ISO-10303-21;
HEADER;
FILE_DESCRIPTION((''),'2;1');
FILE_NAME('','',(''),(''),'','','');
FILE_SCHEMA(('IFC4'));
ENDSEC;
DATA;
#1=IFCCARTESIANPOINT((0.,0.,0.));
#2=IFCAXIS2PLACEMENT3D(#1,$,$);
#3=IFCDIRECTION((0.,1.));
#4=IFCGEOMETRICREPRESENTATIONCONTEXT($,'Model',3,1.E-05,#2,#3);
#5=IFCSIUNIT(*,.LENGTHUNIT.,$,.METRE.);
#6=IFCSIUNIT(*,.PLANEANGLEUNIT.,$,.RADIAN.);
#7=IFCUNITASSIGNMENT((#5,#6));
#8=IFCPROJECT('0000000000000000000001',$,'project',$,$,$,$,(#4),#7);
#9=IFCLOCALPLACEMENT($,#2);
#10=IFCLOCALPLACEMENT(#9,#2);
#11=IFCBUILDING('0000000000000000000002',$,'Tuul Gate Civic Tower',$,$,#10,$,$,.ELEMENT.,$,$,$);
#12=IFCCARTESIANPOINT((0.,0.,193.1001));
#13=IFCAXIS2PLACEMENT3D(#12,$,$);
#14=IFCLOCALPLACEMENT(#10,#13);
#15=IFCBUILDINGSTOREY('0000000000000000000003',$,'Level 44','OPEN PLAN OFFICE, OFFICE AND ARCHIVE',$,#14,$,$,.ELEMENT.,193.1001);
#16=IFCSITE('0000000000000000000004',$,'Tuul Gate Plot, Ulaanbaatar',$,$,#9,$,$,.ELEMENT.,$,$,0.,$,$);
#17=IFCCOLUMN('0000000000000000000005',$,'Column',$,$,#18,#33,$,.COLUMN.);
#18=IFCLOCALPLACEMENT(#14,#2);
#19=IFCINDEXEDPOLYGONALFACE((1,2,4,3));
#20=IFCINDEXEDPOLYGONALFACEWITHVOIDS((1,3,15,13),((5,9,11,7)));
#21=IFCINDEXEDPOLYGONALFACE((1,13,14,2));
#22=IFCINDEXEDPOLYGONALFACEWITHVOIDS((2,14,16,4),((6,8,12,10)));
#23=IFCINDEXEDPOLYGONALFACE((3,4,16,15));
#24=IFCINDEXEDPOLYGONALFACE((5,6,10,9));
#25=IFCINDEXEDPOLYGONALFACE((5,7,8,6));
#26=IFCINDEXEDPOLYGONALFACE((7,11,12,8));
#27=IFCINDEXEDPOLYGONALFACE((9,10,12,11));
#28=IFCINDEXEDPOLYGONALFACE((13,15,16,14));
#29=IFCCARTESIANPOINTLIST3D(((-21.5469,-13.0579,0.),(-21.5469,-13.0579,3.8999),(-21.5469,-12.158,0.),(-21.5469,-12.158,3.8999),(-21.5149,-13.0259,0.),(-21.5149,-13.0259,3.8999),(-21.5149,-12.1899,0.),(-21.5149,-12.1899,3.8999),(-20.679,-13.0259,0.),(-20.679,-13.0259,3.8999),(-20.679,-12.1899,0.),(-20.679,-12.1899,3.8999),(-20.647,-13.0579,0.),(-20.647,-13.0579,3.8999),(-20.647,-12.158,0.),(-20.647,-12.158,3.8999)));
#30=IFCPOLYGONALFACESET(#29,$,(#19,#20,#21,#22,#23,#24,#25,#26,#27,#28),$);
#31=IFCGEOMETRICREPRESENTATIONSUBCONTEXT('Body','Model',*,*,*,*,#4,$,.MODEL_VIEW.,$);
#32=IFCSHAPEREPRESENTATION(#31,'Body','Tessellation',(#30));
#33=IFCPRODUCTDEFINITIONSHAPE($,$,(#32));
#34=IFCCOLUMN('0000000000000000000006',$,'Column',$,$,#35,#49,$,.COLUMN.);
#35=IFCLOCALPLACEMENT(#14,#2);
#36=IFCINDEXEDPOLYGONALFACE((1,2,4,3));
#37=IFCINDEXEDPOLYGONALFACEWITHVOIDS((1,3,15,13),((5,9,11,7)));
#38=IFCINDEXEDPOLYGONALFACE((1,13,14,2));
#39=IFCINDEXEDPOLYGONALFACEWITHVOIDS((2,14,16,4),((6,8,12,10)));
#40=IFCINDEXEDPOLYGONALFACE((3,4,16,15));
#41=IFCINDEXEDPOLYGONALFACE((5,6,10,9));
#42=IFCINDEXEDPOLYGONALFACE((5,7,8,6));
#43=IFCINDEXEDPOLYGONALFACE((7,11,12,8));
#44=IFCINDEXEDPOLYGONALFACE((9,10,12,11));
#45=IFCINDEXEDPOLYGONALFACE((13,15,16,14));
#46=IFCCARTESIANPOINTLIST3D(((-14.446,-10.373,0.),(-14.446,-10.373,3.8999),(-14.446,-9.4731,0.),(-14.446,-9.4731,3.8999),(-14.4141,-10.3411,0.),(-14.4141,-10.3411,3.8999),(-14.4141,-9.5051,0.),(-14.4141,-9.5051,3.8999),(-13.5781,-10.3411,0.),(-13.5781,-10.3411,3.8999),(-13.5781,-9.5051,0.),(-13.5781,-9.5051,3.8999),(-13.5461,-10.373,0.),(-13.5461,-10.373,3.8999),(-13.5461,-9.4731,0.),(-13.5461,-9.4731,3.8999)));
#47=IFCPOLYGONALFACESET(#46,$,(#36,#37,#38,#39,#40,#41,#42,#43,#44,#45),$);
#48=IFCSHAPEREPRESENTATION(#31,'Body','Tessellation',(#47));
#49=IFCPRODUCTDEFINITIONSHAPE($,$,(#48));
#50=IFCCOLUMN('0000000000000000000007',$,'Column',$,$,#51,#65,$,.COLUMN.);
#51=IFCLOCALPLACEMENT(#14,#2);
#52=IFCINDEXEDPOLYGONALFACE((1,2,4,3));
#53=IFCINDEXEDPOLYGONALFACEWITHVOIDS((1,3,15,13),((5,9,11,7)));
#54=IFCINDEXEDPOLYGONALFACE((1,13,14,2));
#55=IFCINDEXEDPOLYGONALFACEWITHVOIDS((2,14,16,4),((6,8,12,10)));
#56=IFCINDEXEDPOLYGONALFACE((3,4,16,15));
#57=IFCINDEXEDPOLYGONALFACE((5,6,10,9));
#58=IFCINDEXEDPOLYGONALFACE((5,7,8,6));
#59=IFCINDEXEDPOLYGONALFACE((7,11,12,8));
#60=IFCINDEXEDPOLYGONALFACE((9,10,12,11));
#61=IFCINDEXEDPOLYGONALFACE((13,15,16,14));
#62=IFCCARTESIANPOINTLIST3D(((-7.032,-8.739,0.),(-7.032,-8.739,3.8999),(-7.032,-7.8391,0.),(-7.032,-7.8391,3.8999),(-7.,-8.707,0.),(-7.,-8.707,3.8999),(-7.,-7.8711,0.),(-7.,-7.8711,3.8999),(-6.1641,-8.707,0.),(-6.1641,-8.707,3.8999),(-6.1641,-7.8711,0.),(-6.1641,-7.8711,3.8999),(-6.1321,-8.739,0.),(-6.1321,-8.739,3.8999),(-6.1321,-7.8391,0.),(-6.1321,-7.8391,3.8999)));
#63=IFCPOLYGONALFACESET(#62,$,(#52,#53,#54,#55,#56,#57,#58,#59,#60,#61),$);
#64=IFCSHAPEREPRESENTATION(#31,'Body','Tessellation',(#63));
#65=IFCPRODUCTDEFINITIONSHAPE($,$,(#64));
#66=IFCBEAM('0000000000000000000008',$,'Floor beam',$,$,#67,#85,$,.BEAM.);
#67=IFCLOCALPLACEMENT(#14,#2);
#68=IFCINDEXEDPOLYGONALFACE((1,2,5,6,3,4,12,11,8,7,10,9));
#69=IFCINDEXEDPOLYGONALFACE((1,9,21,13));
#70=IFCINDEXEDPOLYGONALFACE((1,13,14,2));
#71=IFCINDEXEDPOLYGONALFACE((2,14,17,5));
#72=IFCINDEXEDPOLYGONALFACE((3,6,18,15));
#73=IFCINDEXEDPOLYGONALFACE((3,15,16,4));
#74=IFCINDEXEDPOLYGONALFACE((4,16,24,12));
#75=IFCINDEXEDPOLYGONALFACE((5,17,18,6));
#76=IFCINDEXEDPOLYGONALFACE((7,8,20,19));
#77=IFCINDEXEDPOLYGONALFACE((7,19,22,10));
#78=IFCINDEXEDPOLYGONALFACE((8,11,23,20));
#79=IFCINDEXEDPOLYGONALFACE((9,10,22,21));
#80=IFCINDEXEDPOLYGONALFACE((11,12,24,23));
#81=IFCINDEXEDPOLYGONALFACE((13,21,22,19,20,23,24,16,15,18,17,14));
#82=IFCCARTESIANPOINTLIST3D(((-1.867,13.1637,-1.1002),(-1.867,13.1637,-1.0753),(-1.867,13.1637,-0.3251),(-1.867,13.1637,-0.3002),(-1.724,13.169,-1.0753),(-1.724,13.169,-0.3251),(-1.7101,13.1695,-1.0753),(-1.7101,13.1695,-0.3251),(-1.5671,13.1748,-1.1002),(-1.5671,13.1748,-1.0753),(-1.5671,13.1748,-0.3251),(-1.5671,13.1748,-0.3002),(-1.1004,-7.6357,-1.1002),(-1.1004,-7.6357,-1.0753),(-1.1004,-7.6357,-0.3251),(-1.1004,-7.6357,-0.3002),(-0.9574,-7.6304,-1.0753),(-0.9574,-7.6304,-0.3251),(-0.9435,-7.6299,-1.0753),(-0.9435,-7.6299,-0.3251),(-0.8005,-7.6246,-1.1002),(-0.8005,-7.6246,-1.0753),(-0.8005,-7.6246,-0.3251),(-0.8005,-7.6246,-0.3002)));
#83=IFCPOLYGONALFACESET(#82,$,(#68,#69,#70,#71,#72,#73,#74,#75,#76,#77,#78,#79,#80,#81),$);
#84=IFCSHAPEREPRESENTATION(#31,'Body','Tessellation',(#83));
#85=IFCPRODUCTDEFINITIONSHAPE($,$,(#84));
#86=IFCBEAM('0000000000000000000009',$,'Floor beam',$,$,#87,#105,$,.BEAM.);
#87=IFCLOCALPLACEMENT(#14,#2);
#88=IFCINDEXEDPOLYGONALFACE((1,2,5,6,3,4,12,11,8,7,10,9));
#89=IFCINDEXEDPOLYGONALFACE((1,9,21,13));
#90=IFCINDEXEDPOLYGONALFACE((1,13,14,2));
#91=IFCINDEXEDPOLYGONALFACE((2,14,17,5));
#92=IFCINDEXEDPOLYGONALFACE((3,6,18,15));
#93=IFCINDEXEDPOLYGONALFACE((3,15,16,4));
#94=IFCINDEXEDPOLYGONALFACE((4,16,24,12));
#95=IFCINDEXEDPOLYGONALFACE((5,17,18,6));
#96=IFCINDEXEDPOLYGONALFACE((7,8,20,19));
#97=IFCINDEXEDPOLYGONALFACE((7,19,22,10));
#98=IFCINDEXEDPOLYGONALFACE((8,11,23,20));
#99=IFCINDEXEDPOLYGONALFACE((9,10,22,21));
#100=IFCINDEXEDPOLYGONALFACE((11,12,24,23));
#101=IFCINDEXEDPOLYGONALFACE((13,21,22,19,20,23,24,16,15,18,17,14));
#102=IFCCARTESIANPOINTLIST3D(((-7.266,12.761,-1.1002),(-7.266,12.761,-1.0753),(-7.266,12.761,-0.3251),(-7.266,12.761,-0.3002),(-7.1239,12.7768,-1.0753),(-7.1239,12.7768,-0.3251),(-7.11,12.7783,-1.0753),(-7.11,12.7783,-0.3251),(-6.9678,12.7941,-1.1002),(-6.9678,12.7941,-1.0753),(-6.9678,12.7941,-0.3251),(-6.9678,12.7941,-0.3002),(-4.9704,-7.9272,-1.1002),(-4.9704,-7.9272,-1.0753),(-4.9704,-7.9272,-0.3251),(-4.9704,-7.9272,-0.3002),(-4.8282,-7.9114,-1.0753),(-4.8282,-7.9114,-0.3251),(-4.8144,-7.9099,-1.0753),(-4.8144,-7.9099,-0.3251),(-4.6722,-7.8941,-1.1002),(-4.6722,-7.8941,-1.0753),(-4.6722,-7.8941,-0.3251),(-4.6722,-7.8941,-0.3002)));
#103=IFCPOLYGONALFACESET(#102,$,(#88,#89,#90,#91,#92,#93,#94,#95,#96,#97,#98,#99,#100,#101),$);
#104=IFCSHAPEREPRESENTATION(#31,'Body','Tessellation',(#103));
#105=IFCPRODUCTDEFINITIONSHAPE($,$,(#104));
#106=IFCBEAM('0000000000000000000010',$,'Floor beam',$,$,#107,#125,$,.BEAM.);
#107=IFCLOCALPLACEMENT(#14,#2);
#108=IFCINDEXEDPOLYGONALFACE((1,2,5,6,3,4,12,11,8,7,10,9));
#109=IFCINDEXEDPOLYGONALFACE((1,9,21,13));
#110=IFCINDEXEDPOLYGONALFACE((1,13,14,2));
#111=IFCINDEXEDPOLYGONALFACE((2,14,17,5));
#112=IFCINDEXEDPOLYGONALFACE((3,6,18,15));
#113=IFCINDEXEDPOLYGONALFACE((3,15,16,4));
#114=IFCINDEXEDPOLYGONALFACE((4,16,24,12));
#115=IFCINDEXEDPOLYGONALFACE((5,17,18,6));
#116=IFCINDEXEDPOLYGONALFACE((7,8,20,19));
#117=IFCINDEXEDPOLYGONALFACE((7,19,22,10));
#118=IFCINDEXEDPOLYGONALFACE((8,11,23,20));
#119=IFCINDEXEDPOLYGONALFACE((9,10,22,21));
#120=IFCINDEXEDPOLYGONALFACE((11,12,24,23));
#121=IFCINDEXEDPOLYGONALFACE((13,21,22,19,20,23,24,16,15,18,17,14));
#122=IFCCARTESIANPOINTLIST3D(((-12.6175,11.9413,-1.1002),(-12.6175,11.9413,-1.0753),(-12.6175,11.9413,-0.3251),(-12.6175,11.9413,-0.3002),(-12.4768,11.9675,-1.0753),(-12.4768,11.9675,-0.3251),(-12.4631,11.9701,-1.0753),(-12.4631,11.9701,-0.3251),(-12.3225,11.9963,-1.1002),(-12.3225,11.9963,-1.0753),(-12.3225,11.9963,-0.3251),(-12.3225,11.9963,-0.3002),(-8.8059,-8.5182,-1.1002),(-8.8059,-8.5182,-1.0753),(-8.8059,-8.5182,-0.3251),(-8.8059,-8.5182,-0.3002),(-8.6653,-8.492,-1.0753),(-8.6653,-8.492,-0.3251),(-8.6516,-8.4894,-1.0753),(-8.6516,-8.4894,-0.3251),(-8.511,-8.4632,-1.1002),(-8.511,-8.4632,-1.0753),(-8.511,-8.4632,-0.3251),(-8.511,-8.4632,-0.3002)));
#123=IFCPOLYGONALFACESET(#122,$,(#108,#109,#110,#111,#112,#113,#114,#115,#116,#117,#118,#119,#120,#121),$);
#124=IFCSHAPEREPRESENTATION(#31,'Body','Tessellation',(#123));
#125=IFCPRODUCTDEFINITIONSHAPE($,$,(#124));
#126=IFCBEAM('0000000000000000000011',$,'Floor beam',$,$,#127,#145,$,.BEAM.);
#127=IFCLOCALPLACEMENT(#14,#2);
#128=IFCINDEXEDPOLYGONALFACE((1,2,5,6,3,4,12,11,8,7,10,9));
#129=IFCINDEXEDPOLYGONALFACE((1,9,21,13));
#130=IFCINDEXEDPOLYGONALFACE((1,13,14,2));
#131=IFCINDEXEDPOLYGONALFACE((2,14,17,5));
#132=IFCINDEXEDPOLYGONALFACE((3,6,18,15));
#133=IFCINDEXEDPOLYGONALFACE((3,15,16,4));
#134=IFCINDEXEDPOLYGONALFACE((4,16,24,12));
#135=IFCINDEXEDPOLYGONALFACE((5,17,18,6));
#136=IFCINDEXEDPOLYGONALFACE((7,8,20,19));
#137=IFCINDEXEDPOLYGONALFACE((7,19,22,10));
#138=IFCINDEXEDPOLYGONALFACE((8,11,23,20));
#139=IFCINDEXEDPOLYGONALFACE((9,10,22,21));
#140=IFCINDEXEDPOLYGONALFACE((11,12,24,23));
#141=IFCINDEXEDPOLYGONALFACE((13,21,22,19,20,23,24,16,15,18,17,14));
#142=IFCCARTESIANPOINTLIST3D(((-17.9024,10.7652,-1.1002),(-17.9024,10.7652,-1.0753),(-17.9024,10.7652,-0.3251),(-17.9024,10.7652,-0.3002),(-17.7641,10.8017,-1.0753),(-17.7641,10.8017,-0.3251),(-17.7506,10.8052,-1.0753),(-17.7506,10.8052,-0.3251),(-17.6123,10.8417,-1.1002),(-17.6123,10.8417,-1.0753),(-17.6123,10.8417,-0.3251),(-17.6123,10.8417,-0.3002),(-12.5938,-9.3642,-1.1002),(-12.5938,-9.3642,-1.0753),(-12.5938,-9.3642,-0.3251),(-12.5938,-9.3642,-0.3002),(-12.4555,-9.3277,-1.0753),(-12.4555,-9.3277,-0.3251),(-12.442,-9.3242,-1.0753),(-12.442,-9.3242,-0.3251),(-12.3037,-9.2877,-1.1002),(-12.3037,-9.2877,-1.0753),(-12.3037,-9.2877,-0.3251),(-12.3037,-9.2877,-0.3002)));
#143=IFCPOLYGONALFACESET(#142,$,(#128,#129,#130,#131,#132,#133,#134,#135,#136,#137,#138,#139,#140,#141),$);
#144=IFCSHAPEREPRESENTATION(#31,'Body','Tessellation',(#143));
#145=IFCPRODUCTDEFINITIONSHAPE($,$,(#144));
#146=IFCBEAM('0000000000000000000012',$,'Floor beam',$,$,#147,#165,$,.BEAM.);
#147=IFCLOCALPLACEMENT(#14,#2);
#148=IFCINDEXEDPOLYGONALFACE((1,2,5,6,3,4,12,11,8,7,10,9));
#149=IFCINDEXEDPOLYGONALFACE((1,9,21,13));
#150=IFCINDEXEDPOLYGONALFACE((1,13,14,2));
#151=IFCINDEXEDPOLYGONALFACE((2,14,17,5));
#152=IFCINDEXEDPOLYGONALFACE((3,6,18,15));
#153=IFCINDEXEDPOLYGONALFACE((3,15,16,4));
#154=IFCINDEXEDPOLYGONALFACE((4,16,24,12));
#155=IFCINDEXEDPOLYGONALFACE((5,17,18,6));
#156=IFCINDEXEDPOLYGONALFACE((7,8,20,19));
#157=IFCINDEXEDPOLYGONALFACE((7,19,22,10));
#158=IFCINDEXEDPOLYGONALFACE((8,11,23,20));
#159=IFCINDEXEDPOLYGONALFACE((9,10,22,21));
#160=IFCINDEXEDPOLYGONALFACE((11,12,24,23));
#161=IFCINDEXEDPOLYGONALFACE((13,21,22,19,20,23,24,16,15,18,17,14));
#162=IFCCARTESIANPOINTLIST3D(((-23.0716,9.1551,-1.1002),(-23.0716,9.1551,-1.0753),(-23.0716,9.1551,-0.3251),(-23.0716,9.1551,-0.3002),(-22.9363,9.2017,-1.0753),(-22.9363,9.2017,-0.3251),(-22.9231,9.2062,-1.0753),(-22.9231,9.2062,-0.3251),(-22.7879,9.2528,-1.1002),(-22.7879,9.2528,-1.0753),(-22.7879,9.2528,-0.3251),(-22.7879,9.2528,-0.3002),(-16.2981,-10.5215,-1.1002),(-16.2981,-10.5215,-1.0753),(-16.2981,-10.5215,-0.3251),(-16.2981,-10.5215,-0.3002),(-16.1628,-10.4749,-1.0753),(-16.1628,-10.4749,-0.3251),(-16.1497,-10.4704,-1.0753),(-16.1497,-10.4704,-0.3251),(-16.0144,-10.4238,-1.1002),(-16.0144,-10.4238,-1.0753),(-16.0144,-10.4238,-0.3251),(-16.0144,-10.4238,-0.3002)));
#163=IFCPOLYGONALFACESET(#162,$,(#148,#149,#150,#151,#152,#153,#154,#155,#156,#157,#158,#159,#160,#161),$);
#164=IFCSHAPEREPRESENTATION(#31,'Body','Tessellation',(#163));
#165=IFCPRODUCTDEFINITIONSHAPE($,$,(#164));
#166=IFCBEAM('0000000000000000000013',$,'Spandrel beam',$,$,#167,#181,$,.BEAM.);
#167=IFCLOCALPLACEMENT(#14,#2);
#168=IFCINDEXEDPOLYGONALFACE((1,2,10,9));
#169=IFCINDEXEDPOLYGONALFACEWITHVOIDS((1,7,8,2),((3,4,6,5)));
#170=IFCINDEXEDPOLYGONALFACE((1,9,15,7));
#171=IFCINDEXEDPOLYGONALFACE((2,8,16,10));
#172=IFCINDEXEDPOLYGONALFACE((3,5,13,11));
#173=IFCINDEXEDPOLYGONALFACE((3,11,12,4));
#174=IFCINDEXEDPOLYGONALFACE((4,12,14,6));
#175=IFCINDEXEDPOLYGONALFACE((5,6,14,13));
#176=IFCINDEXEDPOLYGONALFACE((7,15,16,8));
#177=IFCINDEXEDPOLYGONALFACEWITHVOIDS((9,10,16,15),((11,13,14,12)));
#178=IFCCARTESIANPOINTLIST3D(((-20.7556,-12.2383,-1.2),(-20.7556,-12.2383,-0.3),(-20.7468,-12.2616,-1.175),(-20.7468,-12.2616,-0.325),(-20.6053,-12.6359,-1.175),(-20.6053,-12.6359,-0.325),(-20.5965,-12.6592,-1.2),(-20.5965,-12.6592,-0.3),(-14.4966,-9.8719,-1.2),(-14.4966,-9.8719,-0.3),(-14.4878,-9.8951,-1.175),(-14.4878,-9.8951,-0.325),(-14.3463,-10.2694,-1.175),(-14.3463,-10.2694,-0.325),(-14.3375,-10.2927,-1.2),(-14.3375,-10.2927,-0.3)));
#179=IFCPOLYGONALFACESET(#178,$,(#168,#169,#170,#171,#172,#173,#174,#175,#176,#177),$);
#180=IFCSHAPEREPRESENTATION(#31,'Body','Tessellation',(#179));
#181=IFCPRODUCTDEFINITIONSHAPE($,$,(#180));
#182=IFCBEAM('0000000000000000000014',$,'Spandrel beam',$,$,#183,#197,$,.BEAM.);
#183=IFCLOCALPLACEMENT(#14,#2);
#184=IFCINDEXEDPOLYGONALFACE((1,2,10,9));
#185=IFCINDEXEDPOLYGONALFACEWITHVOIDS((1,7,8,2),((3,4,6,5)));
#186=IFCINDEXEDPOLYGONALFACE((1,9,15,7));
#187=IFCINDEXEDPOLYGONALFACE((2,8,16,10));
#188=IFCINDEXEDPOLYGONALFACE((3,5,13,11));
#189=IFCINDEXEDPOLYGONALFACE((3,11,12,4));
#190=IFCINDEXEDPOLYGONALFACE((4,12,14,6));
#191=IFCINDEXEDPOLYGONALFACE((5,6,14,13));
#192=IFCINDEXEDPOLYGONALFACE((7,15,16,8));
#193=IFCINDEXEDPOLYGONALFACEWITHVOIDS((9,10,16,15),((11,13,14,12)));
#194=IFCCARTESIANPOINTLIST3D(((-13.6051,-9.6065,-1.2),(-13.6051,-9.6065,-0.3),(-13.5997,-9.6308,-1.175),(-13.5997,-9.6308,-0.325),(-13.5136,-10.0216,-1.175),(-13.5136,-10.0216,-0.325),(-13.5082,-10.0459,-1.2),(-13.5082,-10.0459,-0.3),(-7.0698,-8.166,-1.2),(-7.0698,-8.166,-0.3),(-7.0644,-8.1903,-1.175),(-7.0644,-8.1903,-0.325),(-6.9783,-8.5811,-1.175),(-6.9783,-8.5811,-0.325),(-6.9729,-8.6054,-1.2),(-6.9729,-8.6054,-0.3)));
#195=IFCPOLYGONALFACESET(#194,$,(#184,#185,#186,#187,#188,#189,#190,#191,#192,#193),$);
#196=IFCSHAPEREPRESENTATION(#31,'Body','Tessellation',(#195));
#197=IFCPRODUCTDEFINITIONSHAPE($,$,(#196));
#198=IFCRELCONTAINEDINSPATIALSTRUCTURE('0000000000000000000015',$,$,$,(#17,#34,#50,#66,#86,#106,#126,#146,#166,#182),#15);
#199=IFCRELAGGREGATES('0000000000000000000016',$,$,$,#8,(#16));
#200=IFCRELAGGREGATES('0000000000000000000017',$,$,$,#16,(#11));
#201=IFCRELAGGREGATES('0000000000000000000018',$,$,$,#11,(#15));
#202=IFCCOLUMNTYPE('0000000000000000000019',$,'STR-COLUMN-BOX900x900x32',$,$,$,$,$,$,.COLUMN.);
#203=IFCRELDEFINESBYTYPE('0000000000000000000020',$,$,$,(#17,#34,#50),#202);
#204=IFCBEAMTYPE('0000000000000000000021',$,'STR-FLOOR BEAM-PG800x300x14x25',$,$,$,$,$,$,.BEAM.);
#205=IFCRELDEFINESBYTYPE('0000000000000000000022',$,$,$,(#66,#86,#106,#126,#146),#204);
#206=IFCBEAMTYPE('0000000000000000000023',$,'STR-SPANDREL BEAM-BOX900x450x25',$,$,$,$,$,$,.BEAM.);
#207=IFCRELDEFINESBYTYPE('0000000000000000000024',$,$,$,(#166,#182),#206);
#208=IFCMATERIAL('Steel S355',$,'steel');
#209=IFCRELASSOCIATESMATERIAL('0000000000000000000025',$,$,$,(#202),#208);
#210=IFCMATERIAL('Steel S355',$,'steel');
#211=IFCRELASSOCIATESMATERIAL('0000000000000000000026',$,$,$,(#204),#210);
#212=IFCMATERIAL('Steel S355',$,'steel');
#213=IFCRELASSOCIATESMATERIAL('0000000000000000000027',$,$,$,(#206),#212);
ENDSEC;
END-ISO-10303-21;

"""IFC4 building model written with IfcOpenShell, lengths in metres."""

from ifc_helpers import new_model, si_unit, direction, frame, origin, origin_2d, place, context, subcontext, project, spatial, hollow_rectangle, i_section, extrude, material, material_profile, profile_set, type_object, element, save


model = new_model("IFC4")

# Units and contexts
model_context = context("Model", 3, precision=1e-05, world=origin(), true_north=direction((0.0, 1.0)))
body_context = subcontext(model_context, "Body", "Model", "MODEL_VIEW")
ifc_project = project(units=[si_unit("LENGTHUNIT", "METRE"), si_unit("PLANEANGLEUNIT", "RADIAN")], contexts=[model_context])

# Site, building, storey
site_placement = place(None, origin())
site = spatial("IfcSite", under=ifc_project, at=site_placement, Name="Tuul Gate Plot, Ulaanbaatar", CompositionType="ELEMENT", RefElevation=0.0)
building_placement = place(site_placement, origin())
building = spatial("IfcBuilding", under=site, at=building_placement, Name="Tuul Gate Civic Tower", CompositionType="ELEMENT")
storey_placement = place(building_placement, frame((0.0, 0.0, 193.1001)))
storey = spatial("IfcBuildingStorey", under=building, at=storey_placement, Name="Level 44", Description="OPEN PLAN OFFICE, OFFICE AND ARCHIVE", CompositionType="ELEMENT", Elevation=193.1001)

# Columns
ifc_material_1 = material(Name="Steel S355", Category="steel")
ifc_material_profile_1 = material_profile(ifc_material_1, hollow_rectangle(XDim=0.8999, YDim=0.8999, WallThickness=0.032, at=origin_2d()), Name="BOX900x900x32")
ifc_profile_set_1 = profile_set([ifc_material_profile_1], Name="Steel S355")
column_type = type_object("IfcColumnType", Name="STR-COLUMN-BOX900x900x32", PredefinedType="COLUMN", material=ifc_profile_set_1)
for number, where, z_axis, x_axis, name in (
    (1, (-21.0969, -12.6079, 0.0), (0.0, 0.0, 1.0), (1.0, 0.0, 0.0), "Column"),
    (2, (-13.9961, -9.9231, 0.0), (0.0, 0.0, 1.0), (1.0, 0.0, 0.0), "Column"),
    (3, (-6.582, -8.2891, 0.0), (0.0, 0.0, 1.0), (1.0, 0.0, 0.0), "Column"),
):
    element("IfcColumn", number, at=place(storey_placement, frame(where, z_axis=z_axis, x_axis=x_axis)), inside=storey, type_object=column_type, Name=name, PredefinedType="COLUMN", context=body_context, shape_type="SweptSolid", body=[
        extrude(hollow_rectangle(XDim=0.8999, YDim=0.8999, WallThickness=0.032, at=origin_2d()), origin(), (0.0, 0.0, 1.0), 3.8999),
    ])

# Beams
ifc_material_2 = material(Name="Steel S355", Category="steel")
ifc_material_profile_2 = material_profile(ifc_material_2, i_section(OverallWidth=0.3, OverallDepth=0.8, WebThickness=0.0139, FlangeThickness=0.0249, at=origin_2d()), Name="PG800x300x14x25")
ifc_profile_set_2 = profile_set([ifc_material_profile_2], Name="Steel S355")
beam_type_1 = type_object("IfcBeamType", Name="STR-FLOOR BEAM-PG800x300x14x25", PredefinedType="BEAM", material=ifc_profile_set_2)
beam_1_placement = place(storey_placement, frame((-0.9504, -7.6301, -0.7002), z_axis=(-0.036832, 0.999321, 0.0), x_axis=(-0.999321, -0.036832, 0.0)))
element("IfcBeam", 4, at=beam_1_placement, inside=storey, type_object=beam_type_1, Name="Floor beam", PredefinedType="BEAM", context=body_context, shape_type="SweptSolid", body=[
    extrude(i_section(OverallWidth=0.3, OverallDepth=0.8, WebThickness=0.0139, FlangeThickness=0.0249, at=origin_2d()), origin(), (0.0, 0.0, 1.0), 20.8135),
])
beam_2_placement = place(storey_placement, frame((-4.8213, -7.9106, -0.7002), z_axis=(-0.110287, 0.9939, 0.0), x_axis=(-0.9939, -0.110287, 0.0)))
element("IfcBeam", 5, at=beam_2_placement, inside=storey, type_object=beam_type_1, Name="Floor beam", PredefinedType="BEAM", context=body_context, shape_type="SweptSolid", body=[
    extrude(i_section(OverallWidth=0.3, OverallDepth=0.8, WebThickness=0.0139, FlangeThickness=0.0249, at=origin_2d()), origin(), (0.0, 0.0, 1.0), 20.8152),
])
beam_3_placement = place(storey_placement, frame((-8.6584, -8.4907, -0.7002), z_axis=(-0.183145, 0.983086, 0.0), x_axis=(-0.983086, -0.183145, 0.0)))
element("IfcBeam", 6, at=beam_3_placement, inside=storey, type_object=beam_type_1, Name="Floor beam", PredefinedType="BEAM", context=body_context, shape_type="SweptSolid", body=[
    extrude(i_section(OverallWidth=0.3, OverallDepth=0.8, WebThickness=0.0139, FlangeThickness=0.0249, at=origin_2d()), origin(), (0.0, 0.0, 1.0), 20.8115),
])
beam_4_placement = place(storey_placement, frame((-12.4487, -9.3259, -0.7002), z_axis=(-0.255005, 0.96694, 0.0), x_axis=(-0.96694, -0.255005, 0.0)))
element("IfcBeam", 7, at=beam_4_placement, inside=storey, type_object=beam_type_1, Name="Floor beam", PredefinedType="BEAM", context=body_context, shape_type="SweptSolid", body=[
    extrude(i_section(OverallWidth=0.3, OverallDepth=0.8, WebThickness=0.0139, FlangeThickness=0.0249, at=origin_2d()), origin(), (0.0, 0.0, 1.0), 20.8176),
])
beam_5_placement = place(storey_placement, frame((-16.1562, -10.4727, -0.7002), z_axis=(-0.325494, 0.945544, 0.0), x_axis=(-0.945544, -0.325494, 0.0)))
element("IfcBeam", 8, at=beam_5_placement, inside=storey, type_object=beam_type_1, Name="Floor beam", PredefinedType="BEAM", context=body_context, shape_type="SweptSolid", body=[
    extrude(i_section(OverallWidth=0.3, OverallDepth=0.8, WebThickness=0.0139, FlangeThickness=0.0249, at=origin_2d()), origin(), (0.0, 0.0, 1.0), 20.8098),
])
ifc_material_3 = material(Name="Steel S355", Category="steel")
ifc_material_profile_3 = material_profile(ifc_material_3, hollow_rectangle(XDim=0.45, YDim=0.8999, WallThickness=0.0249, at=origin_2d()), Name="BOX900x450x25")
ifc_profile_set_3 = profile_set([ifc_material_profile_3], Name="Steel S355")
beam_type_2 = type_object("IfcBeamType", Name="STR-SPANDREL BEAM-BOX900x450x25", PredefinedType="BEAM", material=ifc_profile_set_3)
beam_6_placement = place(storey_placement, frame((-20.676, -12.4487, -0.75), z_axis=(0.935377, 0.353653, 0.0), x_axis=(-0.353653, 0.935377, 0.0)))
element("IfcBeam", 9, at=beam_6_placement, inside=storey, type_object=beam_type_2, Name="Spandrel beam", PredefinedType="BEAM", context=body_context, shape_type="SweptSolid", body=[
    extrude(hollow_rectangle(XDim=0.45, YDim=0.8999, WallThickness=0.0249, at=origin_2d()), origin(), (0.0, 0.0, 1.0), 6.6914),
])
beam_7_placement = place(storey_placement, frame((-13.5566, -9.8262, -0.75), z_axis=(0.97656, 0.215246, 0.0), x_axis=(-0.215246, 0.97656, 0.0)))
element("IfcBeam", 10, at=beam_7_placement, inside=storey, type_object=beam_type_2, Name="Spandrel beam", PredefinedType="BEAM", context=body_context, shape_type="SweptSolid", body=[
    extrude(hollow_rectangle(XDim=0.45, YDim=0.8999, WallThickness=0.0249, at=origin_2d()), origin(), (0.0, 0.0, 1.0), 6.6921),
])

save(model, "model.ifc")
